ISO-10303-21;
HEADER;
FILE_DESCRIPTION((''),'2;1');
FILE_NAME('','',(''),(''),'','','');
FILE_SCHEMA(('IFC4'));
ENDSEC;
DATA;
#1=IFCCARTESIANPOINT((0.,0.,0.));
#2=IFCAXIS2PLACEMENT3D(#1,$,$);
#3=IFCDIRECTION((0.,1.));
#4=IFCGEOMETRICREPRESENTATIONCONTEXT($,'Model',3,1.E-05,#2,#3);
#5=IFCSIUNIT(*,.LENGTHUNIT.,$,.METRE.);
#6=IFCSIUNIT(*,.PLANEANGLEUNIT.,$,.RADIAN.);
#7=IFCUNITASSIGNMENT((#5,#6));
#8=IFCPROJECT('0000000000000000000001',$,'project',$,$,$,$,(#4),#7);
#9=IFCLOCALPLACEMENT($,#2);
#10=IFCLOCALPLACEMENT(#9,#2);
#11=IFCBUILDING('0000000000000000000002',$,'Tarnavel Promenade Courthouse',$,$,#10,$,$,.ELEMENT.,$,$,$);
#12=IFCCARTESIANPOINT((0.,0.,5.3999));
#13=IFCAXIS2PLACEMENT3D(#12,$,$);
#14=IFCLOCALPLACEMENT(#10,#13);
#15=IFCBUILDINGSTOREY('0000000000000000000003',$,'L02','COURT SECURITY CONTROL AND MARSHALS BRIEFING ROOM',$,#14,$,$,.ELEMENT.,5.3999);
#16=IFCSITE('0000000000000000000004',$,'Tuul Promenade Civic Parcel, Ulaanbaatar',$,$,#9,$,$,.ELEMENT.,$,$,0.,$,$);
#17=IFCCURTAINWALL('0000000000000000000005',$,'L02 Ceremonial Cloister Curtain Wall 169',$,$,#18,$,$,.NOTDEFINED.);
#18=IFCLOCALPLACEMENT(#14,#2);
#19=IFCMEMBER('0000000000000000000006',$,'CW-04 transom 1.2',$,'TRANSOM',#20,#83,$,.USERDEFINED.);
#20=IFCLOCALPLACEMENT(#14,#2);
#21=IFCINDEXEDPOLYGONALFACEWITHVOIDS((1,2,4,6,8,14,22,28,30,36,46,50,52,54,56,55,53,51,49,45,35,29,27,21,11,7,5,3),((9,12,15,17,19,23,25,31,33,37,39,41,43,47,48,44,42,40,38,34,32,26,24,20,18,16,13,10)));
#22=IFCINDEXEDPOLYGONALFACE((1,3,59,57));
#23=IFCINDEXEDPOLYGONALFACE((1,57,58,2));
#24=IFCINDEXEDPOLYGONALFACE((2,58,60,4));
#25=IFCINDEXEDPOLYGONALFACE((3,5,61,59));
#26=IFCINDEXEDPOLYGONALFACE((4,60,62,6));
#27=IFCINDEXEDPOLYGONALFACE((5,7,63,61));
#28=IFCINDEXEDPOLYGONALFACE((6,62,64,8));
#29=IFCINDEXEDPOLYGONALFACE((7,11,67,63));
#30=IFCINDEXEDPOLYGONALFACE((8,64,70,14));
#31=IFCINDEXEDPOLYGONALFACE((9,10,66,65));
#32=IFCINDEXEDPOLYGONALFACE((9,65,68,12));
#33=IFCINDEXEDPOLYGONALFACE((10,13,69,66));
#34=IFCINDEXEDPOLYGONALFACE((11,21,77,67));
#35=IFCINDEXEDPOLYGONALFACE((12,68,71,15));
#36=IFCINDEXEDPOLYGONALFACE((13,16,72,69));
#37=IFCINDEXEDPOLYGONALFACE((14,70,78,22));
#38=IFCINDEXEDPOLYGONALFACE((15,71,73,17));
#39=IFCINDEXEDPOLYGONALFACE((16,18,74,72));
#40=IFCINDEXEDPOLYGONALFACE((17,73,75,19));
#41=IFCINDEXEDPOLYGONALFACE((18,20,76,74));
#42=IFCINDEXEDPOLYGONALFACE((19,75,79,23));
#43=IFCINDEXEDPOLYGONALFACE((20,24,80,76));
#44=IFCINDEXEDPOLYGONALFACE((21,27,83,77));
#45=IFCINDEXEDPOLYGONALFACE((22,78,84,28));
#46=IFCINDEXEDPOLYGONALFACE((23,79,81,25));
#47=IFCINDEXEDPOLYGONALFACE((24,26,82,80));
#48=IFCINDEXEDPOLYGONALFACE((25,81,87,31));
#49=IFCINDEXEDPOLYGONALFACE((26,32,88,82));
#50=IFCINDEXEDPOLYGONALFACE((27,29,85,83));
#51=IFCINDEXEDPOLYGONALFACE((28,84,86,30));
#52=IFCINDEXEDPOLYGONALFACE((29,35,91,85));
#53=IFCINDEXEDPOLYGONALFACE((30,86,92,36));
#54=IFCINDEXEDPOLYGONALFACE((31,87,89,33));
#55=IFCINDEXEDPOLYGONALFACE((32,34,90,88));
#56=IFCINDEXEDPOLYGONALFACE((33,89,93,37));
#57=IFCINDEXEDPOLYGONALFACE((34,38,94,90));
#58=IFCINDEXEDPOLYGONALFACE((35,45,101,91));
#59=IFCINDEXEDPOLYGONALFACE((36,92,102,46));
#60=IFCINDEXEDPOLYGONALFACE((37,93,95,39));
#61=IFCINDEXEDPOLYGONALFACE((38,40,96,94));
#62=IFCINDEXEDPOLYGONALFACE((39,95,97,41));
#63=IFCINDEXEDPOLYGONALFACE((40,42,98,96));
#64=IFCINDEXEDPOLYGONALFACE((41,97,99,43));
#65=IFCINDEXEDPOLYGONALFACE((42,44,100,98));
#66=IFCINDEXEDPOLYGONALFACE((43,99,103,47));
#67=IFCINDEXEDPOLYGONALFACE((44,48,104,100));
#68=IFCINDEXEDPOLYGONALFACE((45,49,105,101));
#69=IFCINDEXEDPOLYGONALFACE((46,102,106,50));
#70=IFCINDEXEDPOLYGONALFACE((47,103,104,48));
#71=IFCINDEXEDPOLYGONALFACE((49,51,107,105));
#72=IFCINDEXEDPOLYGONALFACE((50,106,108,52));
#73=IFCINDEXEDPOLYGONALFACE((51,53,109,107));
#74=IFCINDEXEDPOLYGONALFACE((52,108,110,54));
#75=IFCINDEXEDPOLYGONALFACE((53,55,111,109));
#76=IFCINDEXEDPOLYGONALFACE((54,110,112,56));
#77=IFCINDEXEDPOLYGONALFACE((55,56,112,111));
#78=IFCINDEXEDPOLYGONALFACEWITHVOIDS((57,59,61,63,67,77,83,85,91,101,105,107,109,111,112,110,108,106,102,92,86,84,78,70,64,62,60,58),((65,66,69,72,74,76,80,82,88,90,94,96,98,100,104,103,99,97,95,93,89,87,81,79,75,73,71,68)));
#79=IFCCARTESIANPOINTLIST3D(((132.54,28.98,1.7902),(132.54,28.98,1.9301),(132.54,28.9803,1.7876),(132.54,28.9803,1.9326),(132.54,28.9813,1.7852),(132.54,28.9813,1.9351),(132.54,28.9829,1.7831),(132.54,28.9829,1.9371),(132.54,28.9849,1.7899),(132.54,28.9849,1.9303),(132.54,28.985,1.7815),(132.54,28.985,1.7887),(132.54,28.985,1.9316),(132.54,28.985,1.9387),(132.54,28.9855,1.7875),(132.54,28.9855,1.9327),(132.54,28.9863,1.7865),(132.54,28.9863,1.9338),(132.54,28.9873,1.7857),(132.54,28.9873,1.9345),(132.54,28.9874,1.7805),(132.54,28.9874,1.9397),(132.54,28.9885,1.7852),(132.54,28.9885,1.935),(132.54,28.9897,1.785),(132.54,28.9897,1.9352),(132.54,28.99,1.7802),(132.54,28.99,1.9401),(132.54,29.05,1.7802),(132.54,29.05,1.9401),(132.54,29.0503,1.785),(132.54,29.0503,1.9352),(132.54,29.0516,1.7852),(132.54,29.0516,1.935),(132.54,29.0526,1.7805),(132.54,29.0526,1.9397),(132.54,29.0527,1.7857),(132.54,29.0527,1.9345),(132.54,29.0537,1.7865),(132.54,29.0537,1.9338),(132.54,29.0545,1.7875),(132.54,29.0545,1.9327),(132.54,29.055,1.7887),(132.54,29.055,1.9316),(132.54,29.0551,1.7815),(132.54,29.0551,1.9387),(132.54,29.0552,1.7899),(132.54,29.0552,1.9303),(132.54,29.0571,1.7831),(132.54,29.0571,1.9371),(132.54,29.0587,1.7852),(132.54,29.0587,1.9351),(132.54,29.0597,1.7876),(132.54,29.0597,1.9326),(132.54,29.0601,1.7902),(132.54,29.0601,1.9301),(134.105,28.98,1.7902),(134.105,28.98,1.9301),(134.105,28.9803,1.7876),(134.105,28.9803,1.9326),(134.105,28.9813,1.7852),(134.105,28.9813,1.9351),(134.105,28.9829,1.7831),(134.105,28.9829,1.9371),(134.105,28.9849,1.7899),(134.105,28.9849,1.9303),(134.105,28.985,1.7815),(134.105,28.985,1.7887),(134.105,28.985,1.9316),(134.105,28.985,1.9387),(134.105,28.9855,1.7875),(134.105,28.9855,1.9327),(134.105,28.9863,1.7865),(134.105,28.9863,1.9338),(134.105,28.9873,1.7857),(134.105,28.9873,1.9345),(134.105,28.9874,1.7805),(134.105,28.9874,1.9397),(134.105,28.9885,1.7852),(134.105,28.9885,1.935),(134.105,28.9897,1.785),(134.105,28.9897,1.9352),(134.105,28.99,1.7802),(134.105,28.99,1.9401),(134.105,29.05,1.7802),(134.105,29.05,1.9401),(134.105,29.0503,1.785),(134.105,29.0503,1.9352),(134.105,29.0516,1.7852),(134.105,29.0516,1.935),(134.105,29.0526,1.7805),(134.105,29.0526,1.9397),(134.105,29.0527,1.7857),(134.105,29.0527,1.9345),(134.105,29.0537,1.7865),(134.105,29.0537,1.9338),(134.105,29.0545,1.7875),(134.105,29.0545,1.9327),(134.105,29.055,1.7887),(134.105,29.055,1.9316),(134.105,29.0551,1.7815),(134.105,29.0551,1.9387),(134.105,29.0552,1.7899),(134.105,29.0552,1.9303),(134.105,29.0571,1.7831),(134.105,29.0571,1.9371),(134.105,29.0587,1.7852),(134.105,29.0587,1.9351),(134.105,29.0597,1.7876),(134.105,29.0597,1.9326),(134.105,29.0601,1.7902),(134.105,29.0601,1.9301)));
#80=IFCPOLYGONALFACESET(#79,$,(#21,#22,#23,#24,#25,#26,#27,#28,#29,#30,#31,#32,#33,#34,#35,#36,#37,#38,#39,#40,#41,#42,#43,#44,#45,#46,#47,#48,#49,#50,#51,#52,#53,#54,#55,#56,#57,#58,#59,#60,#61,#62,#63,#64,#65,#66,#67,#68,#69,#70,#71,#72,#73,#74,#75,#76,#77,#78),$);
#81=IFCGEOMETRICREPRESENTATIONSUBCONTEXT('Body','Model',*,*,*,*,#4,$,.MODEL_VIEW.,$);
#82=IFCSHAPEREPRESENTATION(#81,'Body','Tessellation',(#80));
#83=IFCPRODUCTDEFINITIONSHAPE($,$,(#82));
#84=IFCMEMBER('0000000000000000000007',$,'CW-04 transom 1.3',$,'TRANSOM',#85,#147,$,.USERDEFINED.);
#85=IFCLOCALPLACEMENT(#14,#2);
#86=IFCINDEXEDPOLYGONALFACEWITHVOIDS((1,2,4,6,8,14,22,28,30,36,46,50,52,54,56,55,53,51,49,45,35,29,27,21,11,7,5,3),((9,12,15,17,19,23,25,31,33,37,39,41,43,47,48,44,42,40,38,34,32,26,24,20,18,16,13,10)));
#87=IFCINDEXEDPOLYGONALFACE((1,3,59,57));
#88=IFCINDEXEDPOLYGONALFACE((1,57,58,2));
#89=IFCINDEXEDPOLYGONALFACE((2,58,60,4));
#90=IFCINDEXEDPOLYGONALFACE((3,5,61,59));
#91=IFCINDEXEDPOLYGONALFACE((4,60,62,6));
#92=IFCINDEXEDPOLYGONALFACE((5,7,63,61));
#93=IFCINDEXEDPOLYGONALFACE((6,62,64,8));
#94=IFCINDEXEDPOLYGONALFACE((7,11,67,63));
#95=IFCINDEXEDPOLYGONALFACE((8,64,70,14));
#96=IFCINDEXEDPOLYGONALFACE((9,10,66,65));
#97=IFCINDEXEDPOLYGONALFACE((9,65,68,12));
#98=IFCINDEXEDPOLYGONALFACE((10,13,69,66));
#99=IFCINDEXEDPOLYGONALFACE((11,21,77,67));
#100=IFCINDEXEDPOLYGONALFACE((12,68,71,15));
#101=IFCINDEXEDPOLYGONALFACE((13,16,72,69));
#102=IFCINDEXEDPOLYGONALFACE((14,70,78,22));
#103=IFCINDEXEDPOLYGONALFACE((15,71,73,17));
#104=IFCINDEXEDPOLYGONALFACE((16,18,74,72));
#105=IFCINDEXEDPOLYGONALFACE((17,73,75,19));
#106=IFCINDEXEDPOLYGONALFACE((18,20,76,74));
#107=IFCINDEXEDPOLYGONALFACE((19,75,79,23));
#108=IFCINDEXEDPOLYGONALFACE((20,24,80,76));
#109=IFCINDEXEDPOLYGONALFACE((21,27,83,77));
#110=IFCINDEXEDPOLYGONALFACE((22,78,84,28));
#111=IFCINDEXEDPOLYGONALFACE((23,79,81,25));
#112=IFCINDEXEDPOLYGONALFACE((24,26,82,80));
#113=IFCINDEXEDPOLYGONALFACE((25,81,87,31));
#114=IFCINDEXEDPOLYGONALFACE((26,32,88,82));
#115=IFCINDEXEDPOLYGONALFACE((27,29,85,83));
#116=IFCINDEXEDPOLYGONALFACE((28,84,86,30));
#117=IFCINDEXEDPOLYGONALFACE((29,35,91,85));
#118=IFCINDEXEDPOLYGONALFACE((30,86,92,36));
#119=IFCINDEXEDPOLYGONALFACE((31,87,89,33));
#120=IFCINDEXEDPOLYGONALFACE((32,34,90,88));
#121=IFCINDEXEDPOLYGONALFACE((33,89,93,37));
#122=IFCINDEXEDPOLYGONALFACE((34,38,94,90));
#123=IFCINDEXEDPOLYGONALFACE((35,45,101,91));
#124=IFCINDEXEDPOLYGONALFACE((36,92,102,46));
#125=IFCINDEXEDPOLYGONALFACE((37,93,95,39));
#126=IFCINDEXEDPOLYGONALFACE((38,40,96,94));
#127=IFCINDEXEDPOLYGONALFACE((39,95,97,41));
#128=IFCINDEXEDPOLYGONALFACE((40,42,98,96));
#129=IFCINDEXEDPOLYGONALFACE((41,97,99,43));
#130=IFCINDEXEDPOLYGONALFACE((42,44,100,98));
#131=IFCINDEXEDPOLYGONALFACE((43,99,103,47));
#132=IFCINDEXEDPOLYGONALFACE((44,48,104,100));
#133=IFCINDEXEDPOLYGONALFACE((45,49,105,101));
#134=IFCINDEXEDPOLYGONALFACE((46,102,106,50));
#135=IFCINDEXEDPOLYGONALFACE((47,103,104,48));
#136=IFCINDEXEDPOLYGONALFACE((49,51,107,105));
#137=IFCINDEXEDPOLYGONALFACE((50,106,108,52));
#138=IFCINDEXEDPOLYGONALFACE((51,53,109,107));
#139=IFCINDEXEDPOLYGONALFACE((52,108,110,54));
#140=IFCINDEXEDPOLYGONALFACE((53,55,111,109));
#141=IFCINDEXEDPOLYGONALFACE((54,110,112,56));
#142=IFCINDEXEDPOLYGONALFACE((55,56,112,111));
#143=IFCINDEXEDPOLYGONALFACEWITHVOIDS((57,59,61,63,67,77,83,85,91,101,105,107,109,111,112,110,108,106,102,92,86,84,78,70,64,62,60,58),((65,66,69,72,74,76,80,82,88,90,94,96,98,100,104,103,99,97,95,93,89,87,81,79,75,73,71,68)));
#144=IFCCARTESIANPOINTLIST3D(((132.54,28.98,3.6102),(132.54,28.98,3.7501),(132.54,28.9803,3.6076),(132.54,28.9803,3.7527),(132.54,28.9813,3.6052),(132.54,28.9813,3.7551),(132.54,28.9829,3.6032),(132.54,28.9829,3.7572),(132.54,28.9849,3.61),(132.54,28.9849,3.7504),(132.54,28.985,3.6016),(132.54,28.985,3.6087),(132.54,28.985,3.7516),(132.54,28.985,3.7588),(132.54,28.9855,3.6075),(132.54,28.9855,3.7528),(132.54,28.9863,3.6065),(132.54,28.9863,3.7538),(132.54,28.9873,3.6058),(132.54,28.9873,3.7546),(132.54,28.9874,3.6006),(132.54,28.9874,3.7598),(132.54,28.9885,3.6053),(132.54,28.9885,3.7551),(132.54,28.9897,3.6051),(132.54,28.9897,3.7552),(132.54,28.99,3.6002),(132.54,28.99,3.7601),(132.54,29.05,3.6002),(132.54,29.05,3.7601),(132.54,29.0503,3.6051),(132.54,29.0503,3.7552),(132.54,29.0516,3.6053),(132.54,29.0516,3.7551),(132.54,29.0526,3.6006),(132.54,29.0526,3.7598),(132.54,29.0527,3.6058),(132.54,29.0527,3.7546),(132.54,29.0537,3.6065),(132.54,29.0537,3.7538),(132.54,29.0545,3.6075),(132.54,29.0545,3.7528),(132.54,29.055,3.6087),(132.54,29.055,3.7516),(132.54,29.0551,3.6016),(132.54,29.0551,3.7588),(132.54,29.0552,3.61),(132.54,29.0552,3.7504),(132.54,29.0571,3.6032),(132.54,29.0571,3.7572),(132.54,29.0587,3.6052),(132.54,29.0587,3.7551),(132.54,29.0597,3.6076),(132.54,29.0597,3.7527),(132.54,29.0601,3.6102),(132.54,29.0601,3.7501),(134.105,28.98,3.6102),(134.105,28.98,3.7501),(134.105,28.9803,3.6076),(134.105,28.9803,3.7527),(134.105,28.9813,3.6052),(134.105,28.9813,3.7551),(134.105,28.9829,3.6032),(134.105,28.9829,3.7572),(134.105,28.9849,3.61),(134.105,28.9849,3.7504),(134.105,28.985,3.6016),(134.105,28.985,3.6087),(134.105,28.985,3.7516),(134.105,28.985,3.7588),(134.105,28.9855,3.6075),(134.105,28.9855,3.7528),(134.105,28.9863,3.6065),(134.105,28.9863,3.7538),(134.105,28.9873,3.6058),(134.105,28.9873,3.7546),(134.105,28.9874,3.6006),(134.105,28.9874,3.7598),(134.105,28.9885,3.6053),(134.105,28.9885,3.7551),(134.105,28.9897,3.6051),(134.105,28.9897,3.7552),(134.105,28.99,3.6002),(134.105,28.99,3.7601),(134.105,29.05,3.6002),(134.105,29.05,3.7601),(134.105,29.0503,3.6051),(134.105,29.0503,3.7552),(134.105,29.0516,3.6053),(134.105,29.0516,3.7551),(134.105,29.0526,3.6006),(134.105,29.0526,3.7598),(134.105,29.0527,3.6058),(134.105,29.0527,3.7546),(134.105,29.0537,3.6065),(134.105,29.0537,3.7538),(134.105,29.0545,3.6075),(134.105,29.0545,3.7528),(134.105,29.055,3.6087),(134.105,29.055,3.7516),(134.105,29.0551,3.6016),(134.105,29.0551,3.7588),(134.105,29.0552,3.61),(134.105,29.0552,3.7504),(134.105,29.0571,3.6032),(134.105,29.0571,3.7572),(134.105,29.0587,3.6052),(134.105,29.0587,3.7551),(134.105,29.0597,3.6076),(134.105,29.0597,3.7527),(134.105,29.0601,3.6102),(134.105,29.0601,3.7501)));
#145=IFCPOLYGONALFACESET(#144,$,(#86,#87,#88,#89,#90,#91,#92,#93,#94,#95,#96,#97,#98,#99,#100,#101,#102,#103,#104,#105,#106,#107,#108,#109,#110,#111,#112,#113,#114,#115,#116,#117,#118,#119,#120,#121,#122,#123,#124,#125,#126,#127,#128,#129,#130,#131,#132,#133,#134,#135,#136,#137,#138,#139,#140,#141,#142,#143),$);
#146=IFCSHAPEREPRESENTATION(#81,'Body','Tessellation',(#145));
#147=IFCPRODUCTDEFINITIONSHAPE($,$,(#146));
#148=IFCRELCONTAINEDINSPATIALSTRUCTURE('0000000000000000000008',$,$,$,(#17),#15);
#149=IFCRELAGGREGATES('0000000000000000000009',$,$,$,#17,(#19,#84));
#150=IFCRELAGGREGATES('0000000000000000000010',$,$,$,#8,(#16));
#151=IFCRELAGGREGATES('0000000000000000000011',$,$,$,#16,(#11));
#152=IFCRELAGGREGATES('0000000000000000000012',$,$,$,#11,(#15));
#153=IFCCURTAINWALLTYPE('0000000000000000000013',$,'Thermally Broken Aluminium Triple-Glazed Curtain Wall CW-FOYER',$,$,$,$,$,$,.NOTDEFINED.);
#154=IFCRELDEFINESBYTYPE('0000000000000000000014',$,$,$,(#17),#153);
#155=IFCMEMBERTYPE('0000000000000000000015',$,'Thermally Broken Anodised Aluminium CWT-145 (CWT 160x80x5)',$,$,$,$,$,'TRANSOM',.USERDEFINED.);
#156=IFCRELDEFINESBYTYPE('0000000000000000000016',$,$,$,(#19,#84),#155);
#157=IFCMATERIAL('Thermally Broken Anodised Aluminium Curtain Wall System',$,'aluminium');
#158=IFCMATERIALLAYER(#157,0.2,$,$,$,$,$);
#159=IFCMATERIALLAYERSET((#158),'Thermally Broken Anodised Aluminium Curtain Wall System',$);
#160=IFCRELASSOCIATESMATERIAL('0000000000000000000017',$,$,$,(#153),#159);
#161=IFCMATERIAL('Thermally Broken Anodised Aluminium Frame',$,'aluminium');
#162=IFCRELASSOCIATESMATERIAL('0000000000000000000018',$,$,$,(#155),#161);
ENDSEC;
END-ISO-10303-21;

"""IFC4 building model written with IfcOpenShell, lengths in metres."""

from ifc_helpers import new_model, si_unit, direction, frame, origin, origin_2d, place, context, subcontext, project, spatial, hollow_rectangle, extrude, material, layer, layer_set, material_profile, profile_set, type_object, element, aggregate, save


model = new_model("IFC4")

# Units and contexts
model_context = context("Model", 3, precision=1e-05, world=origin(), true_north=direction((0.0, 1.0)))
body_context = subcontext(model_context, "Body", "Model", "MODEL_VIEW")
ifc_project = project(units=[si_unit("LENGTHUNIT", "METRE"), si_unit("PLANEANGLEUNIT", "RADIAN")], contexts=[model_context])

# Site, building, storey
site_placement = place(None, origin())
site = spatial("IfcSite", under=ifc_project, at=site_placement, Name="Tuul Promenade Civic Parcel, Ulaanbaatar", CompositionType="ELEMENT", RefElevation=0.0)
building_placement = place(site_placement, origin())
building = spatial("IfcBuilding", under=site, at=building_placement, Name="Tarnavel Promenade Courthouse", CompositionType="ELEMENT")
storey_placement = place(building_placement, frame((0.0, 0.0, 5.3999)))
storey = spatial("IfcBuildingStorey", under=building, at=storey_placement, Name="L02", Description="COURT SECURITY CONTROL AND MARSHALS BRIEFING ROOM", CompositionType="ELEMENT", Elevation=5.3999)

# Curtain wall
ifc_material_1 = material(Name="Thermally Broken Anodised Aluminium Curtain Wall System", Category="aluminium")
ifc_layer_1 = layer(ifc_material_1, 0.2)
ifc_layer_set_1 = layer_set([ifc_layer_1], Name="Thermally Broken Anodised Aluminium Curtain Wall System")
curtain_wall_type = type_object("IfcCurtainWallType", Name="Thermally Broken Aluminium Triple-Glazed Curtain Wall CW-FOYER", PredefinedType="NOTDEFINED", material=ifc_layer_set_1)
ifc_material_2 = material(Name="Thermally Broken Anodised Aluminium Frame", Category="aluminium")
curtain_wall_1_placement = place(storey_placement, origin())
curtain_wall_1 = element("IfcCurtainWall", 1, at=curtain_wall_1_placement, inside=storey, type_object=curtain_wall_type, Name="L02 Ceremonial Cloister Curtain Wall 169", PredefinedType="NOTDEFINED")

# Members
ifc_material_profile_1 = material_profile(ifc_material_2, hollow_rectangle(XDim=0.0801, YDim=0.1599, WallThickness=0.0049, InnerFilletRadius=0.0049, OuterFilletRadius=0.01, at=origin_2d()), Name="CWT 160x80x5")
ifc_profile_set_1 = profile_set([ifc_material_profile_1], Name="Thermally Broken Anodised Aluminium Frame")
member_type_1 = type_object("IfcMemberType", Name="Thermally Broken Anodised Aluminium CWT-145 (CWT 160x80x5)", ElementType="TRANSOM", PredefinedType="USERDEFINED", material=ifc_profile_set_1)
member_1_placement = place(storey_placement, frame((132.54, 29.02, 1.8601), z_axis=(1.0, 0.0, 0.0), x_axis=(0.0, 1.0, 0.0)))
member_1 = element("IfcMember", 2, at=member_1_placement, type_object=member_type_1, Name="CW-04 transom 1.2", ObjectType="TRANSOM", PredefinedType="USERDEFINED", context=body_context, shape_type="SweptSolid", body=[
    extrude(hollow_rectangle(XDim=0.0801, YDim=0.1599, WallThickness=0.0049, InnerFilletRadius=0.0049, OuterFilletRadius=0.01, at=origin_2d()), origin(), (0.0, 0.0, 1.0), 1.5649),
])
member_2_placement = place(storey_placement, frame((132.54, 29.02, 3.6802), z_axis=(1.0, 0.0, 0.0), x_axis=(0.0, 1.0, 0.0)))
member_2 = element("IfcMember", 3, at=member_2_placement, type_object=member_type_1, Name="CW-04 transom 1.3", ObjectType="TRANSOM", PredefinedType="USERDEFINED", context=body_context, shape_type="SweptSolid", body=[
    extrude(hollow_rectangle(XDim=0.0801, YDim=0.1599, WallThickness=0.0049, InnerFilletRadius=0.0049, OuterFilletRadius=0.01, at=origin_2d()), origin(), (0.0, 0.0, 1.0), 1.5649),
])

aggregate(curtain_wall_1, [member_1, member_2])

save(model, "model.ifc")
